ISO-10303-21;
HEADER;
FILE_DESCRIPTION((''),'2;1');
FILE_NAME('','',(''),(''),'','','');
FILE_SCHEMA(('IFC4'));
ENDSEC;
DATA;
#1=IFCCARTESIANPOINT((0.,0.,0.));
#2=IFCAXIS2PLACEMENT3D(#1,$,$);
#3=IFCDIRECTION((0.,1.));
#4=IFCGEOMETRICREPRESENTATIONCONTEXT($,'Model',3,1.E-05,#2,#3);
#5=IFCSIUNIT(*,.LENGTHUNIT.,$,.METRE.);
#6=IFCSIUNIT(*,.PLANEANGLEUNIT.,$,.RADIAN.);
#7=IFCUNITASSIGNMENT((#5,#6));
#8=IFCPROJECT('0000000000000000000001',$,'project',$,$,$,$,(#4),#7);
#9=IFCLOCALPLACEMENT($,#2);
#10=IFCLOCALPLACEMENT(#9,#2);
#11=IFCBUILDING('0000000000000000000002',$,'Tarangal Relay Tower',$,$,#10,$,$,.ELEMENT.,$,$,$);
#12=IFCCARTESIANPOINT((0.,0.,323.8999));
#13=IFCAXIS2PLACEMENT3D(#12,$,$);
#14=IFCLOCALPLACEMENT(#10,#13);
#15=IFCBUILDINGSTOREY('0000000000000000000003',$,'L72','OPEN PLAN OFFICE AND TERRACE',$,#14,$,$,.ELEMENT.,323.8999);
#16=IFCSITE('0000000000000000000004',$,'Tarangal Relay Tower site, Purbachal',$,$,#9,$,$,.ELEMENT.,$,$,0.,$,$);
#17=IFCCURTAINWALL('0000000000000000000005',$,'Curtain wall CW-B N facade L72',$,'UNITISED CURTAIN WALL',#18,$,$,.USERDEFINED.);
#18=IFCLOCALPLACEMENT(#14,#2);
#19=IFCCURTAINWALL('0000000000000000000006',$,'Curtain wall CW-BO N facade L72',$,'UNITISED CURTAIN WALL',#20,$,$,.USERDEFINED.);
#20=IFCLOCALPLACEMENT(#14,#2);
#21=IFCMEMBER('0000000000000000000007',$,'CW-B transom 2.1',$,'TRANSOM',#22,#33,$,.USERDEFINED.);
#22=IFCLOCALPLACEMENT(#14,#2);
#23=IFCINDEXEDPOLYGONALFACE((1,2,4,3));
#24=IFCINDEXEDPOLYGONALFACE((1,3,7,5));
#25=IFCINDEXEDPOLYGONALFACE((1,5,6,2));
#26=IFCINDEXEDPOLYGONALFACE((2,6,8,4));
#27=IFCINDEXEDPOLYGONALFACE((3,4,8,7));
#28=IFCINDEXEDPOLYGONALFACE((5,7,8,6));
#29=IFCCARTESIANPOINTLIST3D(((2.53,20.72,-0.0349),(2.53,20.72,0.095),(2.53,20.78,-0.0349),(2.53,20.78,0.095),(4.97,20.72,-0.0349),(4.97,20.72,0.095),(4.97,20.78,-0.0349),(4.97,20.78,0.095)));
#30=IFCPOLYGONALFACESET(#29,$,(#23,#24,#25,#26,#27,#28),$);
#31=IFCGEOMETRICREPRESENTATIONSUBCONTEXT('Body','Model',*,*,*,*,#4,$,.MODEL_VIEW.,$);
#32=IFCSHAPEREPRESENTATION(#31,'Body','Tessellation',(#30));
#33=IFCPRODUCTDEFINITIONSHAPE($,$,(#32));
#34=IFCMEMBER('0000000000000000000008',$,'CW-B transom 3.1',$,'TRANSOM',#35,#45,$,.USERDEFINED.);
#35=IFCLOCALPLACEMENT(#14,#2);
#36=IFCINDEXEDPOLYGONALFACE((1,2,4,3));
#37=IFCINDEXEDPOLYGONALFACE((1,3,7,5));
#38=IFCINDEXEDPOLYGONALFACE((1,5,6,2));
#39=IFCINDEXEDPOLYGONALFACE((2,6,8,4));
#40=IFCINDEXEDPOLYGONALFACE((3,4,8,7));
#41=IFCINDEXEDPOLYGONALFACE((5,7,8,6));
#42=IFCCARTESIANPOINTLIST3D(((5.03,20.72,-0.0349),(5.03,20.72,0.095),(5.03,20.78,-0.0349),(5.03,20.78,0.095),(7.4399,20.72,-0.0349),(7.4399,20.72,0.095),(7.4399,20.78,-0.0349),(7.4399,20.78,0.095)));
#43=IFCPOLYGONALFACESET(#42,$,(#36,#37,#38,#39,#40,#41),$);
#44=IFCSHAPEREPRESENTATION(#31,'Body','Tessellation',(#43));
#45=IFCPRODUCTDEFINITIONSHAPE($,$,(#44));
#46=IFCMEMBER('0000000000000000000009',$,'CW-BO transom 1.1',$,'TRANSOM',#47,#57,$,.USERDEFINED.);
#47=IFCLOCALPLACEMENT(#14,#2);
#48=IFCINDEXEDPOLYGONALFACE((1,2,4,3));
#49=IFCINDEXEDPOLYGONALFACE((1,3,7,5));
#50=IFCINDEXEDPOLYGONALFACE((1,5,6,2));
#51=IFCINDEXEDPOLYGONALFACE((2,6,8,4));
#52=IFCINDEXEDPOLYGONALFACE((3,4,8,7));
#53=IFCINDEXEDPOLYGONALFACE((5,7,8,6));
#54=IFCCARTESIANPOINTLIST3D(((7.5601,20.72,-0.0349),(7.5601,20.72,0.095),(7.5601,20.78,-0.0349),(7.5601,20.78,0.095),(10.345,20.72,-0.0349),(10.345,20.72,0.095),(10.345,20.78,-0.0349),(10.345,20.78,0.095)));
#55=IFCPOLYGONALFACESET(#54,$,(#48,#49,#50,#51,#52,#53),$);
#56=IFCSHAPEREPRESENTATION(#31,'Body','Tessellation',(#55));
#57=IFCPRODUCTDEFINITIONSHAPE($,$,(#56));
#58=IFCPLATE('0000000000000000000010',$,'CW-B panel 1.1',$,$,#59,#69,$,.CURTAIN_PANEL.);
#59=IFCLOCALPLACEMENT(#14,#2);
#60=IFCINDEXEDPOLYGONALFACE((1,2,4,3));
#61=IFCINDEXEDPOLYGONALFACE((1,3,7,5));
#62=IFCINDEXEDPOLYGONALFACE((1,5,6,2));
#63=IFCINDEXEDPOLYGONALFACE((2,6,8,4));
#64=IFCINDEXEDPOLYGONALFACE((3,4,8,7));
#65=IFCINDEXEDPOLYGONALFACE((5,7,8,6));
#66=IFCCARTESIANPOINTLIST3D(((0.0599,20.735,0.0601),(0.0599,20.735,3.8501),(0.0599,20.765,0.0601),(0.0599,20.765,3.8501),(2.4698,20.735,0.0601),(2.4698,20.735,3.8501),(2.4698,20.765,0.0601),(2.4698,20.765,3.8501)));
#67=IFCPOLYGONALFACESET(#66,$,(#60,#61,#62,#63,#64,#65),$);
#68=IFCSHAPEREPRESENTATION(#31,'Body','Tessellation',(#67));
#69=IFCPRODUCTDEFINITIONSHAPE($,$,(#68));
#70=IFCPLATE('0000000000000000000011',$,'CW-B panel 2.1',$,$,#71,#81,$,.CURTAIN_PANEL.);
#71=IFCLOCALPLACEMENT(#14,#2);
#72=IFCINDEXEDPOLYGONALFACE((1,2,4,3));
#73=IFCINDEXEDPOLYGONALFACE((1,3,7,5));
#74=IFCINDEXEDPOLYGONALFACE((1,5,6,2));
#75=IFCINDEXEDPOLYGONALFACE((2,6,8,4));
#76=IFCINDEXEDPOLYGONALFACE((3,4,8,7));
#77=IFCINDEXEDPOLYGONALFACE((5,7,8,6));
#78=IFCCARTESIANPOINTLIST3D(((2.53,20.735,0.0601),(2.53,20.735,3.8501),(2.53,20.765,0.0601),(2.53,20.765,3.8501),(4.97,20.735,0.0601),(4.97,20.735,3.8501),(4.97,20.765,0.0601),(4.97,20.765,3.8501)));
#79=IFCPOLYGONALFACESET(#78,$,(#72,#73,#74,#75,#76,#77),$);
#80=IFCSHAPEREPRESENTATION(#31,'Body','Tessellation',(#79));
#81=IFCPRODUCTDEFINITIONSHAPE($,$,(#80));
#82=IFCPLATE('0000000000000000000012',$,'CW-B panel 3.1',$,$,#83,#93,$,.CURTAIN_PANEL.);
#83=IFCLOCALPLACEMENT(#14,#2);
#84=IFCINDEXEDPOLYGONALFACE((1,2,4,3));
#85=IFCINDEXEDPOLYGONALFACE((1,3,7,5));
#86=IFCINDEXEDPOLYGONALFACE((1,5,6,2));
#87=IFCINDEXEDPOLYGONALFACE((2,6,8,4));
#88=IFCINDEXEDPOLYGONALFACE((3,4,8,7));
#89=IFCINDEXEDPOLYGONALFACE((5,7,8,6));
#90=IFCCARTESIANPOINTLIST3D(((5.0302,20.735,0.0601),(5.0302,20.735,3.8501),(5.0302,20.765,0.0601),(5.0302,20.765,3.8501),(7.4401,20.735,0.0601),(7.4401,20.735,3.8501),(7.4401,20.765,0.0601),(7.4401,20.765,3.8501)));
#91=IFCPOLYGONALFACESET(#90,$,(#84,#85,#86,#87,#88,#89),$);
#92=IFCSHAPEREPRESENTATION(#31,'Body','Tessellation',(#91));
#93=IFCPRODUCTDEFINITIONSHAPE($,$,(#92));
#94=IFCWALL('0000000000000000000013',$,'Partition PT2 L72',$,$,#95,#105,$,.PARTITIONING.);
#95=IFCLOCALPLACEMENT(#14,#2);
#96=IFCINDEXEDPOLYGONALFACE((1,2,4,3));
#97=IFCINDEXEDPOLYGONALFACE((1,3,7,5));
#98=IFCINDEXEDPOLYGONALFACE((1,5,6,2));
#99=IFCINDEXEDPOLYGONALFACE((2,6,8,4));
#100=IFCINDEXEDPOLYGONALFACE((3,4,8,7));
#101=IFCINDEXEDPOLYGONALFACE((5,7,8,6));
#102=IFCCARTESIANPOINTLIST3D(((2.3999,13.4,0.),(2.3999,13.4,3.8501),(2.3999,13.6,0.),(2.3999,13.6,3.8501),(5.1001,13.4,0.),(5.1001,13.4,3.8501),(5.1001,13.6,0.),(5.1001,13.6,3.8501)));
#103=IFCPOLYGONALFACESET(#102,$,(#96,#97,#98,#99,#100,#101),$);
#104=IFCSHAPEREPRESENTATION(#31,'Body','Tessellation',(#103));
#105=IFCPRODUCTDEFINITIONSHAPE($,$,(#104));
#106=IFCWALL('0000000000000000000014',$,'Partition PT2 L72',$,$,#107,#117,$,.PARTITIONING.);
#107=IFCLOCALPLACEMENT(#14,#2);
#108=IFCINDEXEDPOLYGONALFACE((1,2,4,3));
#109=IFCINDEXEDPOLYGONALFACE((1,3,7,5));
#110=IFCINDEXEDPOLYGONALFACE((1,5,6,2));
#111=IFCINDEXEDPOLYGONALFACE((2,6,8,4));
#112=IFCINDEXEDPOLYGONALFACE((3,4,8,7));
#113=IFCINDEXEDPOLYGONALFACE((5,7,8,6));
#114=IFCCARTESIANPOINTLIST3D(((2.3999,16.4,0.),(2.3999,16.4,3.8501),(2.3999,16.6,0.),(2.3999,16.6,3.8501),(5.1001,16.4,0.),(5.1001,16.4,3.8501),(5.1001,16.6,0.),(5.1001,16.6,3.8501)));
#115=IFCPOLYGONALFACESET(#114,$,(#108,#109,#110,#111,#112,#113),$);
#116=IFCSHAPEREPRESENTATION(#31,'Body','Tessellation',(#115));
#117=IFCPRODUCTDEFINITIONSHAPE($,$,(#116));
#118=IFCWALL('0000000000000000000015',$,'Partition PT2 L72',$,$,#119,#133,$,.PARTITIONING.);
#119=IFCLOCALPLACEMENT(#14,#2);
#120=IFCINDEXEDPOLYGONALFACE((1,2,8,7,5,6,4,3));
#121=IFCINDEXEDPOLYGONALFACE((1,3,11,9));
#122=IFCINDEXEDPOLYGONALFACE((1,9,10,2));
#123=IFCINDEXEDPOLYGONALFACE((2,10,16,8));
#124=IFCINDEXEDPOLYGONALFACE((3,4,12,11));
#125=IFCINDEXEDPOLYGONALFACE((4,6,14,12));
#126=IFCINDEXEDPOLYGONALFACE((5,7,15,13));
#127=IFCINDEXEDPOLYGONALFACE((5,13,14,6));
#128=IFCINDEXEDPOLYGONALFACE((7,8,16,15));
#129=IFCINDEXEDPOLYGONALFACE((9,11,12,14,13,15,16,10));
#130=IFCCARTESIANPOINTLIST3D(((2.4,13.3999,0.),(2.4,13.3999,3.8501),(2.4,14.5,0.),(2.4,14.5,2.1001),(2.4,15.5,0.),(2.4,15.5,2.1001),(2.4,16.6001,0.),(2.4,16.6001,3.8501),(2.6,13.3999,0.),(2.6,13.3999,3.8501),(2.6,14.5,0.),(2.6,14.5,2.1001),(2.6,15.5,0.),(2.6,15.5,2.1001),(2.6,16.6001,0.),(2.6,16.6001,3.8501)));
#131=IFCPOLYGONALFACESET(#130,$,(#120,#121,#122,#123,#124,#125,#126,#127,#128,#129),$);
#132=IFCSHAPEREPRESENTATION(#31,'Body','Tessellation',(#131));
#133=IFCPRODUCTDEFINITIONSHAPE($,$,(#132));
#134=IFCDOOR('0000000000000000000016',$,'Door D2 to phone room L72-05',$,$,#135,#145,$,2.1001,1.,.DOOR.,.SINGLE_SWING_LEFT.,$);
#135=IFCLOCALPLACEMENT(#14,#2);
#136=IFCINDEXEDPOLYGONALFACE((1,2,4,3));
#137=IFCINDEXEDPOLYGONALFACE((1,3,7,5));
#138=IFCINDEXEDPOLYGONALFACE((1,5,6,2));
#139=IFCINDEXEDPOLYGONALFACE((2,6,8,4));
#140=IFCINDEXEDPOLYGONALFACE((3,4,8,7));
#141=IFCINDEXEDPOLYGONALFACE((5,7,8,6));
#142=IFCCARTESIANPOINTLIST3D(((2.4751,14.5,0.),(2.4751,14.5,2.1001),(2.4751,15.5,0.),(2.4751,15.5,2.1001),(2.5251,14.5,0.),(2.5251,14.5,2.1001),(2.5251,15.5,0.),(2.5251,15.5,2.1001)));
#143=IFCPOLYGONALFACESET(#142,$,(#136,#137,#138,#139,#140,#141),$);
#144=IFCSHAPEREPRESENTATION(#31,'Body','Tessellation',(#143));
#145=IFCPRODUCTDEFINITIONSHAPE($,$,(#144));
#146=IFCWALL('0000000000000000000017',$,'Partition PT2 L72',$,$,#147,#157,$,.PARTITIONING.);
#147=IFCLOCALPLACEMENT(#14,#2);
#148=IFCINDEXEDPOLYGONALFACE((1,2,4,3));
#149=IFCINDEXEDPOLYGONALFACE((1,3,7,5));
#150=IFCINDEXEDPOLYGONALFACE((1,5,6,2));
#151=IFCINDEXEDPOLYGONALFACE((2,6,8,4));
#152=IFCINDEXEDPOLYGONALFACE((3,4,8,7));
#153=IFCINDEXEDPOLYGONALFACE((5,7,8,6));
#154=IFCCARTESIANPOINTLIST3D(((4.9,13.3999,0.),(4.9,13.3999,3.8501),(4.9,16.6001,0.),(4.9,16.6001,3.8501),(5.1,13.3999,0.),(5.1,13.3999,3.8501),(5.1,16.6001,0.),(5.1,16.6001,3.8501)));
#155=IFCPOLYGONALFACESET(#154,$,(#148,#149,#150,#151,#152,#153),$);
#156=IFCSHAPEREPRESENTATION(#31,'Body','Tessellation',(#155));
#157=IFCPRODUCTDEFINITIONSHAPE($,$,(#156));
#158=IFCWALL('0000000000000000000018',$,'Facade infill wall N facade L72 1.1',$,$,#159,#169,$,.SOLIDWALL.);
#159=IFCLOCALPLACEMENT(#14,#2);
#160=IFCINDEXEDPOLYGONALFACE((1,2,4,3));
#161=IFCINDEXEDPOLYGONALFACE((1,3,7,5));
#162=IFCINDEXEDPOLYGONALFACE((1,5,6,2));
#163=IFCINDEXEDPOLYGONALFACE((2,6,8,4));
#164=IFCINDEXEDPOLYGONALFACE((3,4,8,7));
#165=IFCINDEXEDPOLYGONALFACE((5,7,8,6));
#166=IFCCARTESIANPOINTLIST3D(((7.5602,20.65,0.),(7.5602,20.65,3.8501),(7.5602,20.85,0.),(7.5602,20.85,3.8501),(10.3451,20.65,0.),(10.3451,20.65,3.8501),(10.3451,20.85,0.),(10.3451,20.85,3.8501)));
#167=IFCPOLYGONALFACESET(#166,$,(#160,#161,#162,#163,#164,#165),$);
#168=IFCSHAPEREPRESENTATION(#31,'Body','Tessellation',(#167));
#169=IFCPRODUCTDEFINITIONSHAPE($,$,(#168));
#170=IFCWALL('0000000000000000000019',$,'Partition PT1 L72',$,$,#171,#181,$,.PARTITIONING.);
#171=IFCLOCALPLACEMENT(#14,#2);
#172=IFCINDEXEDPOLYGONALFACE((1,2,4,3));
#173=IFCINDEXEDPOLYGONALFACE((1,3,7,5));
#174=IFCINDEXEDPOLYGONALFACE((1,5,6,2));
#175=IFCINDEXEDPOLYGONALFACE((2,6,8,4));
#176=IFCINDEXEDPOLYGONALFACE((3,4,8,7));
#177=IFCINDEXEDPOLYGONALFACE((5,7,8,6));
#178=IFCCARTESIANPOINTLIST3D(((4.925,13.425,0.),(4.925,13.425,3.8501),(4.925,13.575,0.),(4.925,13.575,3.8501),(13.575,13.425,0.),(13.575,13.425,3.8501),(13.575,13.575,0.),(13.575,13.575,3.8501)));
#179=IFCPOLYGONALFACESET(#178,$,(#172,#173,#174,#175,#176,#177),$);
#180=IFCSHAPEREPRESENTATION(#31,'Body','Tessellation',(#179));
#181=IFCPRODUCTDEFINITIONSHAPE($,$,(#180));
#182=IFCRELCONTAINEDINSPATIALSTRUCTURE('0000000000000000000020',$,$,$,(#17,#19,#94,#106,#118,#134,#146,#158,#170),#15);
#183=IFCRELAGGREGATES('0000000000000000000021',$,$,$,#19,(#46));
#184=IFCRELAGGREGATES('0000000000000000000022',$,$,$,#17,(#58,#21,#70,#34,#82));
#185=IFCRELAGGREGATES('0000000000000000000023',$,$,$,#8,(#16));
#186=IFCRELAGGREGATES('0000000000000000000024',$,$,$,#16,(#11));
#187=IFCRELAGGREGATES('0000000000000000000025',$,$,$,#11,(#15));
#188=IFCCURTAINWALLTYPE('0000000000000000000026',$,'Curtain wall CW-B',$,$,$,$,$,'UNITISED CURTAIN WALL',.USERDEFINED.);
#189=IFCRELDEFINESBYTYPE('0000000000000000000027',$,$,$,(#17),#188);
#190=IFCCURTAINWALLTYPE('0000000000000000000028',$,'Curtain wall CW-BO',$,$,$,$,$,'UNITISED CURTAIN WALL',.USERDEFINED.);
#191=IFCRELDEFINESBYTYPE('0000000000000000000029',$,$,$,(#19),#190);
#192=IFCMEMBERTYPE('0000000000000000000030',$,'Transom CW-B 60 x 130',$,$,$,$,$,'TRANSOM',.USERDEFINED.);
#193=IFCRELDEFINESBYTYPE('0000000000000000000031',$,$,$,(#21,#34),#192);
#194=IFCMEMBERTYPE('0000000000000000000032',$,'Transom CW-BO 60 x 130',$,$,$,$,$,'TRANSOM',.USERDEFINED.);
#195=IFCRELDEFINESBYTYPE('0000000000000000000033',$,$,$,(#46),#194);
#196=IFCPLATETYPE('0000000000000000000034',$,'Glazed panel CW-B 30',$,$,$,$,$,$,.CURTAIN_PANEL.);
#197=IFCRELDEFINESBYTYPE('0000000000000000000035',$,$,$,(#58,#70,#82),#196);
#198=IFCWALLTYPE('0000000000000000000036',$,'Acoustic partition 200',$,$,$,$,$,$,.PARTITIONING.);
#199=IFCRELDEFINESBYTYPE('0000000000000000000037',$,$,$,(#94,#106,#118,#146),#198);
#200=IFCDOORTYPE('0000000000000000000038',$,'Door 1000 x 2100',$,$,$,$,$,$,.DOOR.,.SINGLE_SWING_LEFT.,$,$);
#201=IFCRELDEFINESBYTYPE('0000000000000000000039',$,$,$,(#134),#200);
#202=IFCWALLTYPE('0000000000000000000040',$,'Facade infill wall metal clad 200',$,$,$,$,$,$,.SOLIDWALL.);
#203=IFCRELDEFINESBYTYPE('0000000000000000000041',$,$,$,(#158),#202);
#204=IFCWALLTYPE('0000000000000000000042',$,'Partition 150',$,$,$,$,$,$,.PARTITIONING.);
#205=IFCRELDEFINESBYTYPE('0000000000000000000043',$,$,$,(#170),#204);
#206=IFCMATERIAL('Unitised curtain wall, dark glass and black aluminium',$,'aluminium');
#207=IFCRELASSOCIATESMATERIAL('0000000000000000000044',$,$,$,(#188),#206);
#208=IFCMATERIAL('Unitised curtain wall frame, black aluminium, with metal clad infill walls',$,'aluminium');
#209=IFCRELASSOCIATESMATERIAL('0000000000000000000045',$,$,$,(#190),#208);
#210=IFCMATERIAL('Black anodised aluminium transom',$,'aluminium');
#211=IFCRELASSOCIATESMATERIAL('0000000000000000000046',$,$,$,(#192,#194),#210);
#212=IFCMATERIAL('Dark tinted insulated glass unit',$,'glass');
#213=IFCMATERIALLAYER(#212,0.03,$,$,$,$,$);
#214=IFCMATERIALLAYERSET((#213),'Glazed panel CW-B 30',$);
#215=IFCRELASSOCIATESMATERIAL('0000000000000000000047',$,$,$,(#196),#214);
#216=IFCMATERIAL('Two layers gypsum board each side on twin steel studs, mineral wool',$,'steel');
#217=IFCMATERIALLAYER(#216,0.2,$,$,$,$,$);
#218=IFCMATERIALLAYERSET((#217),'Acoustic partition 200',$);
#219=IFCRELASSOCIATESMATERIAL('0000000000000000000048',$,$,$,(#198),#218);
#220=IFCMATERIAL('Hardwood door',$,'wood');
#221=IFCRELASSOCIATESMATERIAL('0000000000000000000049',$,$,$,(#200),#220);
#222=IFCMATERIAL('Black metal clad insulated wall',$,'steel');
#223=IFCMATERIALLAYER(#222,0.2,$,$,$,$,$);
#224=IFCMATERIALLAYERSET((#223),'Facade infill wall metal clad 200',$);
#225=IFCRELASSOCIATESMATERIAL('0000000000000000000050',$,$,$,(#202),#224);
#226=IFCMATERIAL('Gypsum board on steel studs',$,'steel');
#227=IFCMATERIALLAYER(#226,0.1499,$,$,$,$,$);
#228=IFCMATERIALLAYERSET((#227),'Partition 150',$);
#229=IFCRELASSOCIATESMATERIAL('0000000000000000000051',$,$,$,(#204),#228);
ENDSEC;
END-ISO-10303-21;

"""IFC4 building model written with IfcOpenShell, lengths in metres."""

from ifc_helpers import new_model, si_unit, direction, frame, frame_2d, origin, origin_2d, place, context, subcontext, project, spatial, rectangle, extrude, material, layer, layer_set, material_profile, profile_set, type_object, element, fill, aggregate, save


model = new_model("IFC4")

# Units and contexts
model_context = context("Model", 3, precision=1e-05, world=origin(), true_north=direction((0.0, 1.0)))
body_context = subcontext(model_context, "Body", "Model", "MODEL_VIEW")
ifc_project = project(units=[si_unit("LENGTHUNIT", "METRE"), si_unit("PLANEANGLEUNIT", "RADIAN")], contexts=[model_context])

# Site, building, storey
site_placement = place(None, origin())
site = spatial("IfcSite", under=ifc_project, at=site_placement, Name="Tarangal Relay Tower site, Purbachal", CompositionType="ELEMENT", RefElevation=0.0)
building_placement = place(site_placement, origin())
building = spatial("IfcBuilding", under=site, at=building_placement, Name="Tarangal Relay Tower", CompositionType="ELEMENT")
storey_placement = place(building_placement, frame((0.0, 0.0, 323.8999)))
storey = spatial("IfcBuildingStorey", under=building, at=storey_placement, Name="L72", Description="OPEN PLAN OFFICE AND TERRACE", CompositionType="ELEMENT", Elevation=323.8999)

# Curtain walls
ifc_material_1 = material(Name="Unitised curtain wall, dark glass and black aluminium", Category="aluminium")
curtain_wall_type_1 = type_object("IfcCurtainWallType", Name="Curtain wall CW-B", ElementType="UNITISED CURTAIN WALL", PredefinedType="USERDEFINED", material=ifc_material_1)
curtain_wall_1_placement = place(storey_placement, origin())
curtain_wall_1 = element("IfcCurtainWall", 1, at=curtain_wall_1_placement, inside=storey, type_object=curtain_wall_type_1, Name="Curtain wall CW-B N facade L72", ObjectType="UNITISED CURTAIN WALL", PredefinedType="USERDEFINED")
ifc_material_2 = material(Name="Unitised curtain wall frame, black aluminium, with metal clad infill walls", Category="aluminium")
curtain_wall_type_2 = type_object("IfcCurtainWallType", Name="Curtain wall CW-BO", ElementType="UNITISED CURTAIN WALL", PredefinedType="USERDEFINED", material=ifc_material_2)
curtain_wall_2_placement = place(storey_placement, origin())
curtain_wall_2 = element("IfcCurtainWall", 2, at=curtain_wall_2_placement, inside=storey, type_object=curtain_wall_type_2, Name="Curtain wall CW-BO N facade L72", ObjectType="UNITISED CURTAIN WALL", PredefinedType="USERDEFINED")

# Members
ifc_material_3 = material(Name="Black anodised aluminium transom", Category="aluminium")
ifc_material_profile_1 = material_profile(ifc_material_3, rectangle(XDim=0.0601, YDim=0.1299, at=origin_2d()), Name="CW-BT 60X130")
ifc_profile_set_1 = profile_set([ifc_material_profile_1], Name="Black anodised aluminium transom")
member_type_1 = type_object("IfcMemberType", Name="Transom CW-B 60 x 130", ElementType="TRANSOM", PredefinedType="USERDEFINED", material=ifc_profile_set_1)
member_1_placement = place(storey_placement, frame((2.53, 20.75, 0.03), z_axis=(1.0, 0.0, 0.0), x_axis=(0.0, 1.0, 0.0)))
member_1 = element("IfcMember", 3, at=member_1_placement, type_object=member_type_1, Name="CW-B transom 2.1", ObjectType="TRANSOM", PredefinedType="USERDEFINED", context=body_context, shape_type="SweptSolid", body=[
    extrude(rectangle(XDim=0.0601, YDim=0.1299, at=origin_2d()), origin(), (0.0, 0.0, 1.0), 2.4399),
])
member_2_placement = place(storey_placement, frame((5.03, 20.75, 0.03), z_axis=(1.0, 0.0, 0.0), x_axis=(0.0, 1.0, 0.0)))
member_2 = element("IfcMember", 4, at=member_2_placement, type_object=member_type_1, Name="CW-B transom 3.1", ObjectType="TRANSOM", PredefinedType="USERDEFINED", context=body_context, shape_type="SweptSolid", body=[
    extrude(rectangle(XDim=0.0601, YDim=0.1299, at=origin_2d()), origin(), (0.0, 0.0, 1.0), 2.4099),
])
ifc_material_profile_2 = material_profile(ifc_material_3, rectangle(XDim=0.0601, YDim=0.1299, at=origin_2d()), Name="CW-BOT 60X130")
ifc_profile_set_2 = profile_set([ifc_material_profile_2], Name="Black anodised aluminium transom")
member_type_2 = type_object("IfcMemberType", Name="Transom CW-BO 60 x 130", ElementType="TRANSOM", PredefinedType="USERDEFINED", material=ifc_profile_set_2)
member_3_placement = place(storey_placement, frame((7.5601, 20.75, 0.03), z_axis=(1.0, 0.0, 0.0), x_axis=(0.0, 1.0, 0.0)))
member_3 = element("IfcMember", 5, at=member_3_placement, type_object=member_type_2, Name="CW-BO transom 1.1", ObjectType="TRANSOM", PredefinedType="USERDEFINED", context=body_context, shape_type="SweptSolid", body=[
    extrude(rectangle(XDim=0.0601, YDim=0.1299, at=origin_2d()), origin(), (0.0, 0.0, 1.0), 2.7849),
])
aggregate(curtain_wall_2, [member_3])

# Plates
ifc_material_4 = material(Name="Dark tinted insulated glass unit", Category="glass")
ifc_layer_1 = layer(ifc_material_4, 0.03)
ifc_layer_set_1 = layer_set([ifc_layer_1], Name="Glazed panel CW-B 30")
plate_type = type_object("IfcPlateType", Name="Glazed panel CW-B 30", PredefinedType="CURTAIN_PANEL", material=ifc_layer_set_1)
plate_1_placement = place(storey_placement, frame((1.2649, 20.75, 0.0601), z_axis=(0.0, 0.0, 1.0), x_axis=(1.0, 0.0, 0.0)))
plate_1 = element("IfcPlate", 6, at=plate_1_placement, type_object=plate_type, Name="CW-B panel 1.1", PredefinedType="CURTAIN_PANEL", context=body_context, shape_type="SweptSolid", body=[
    extrude(rectangle(XDim=2.4099, YDim=0.03, at=origin_2d()), origin(), (0.0, 0.0, 1.0), 3.79),
])
plate_2_placement = place(storey_placement, frame((3.75, 20.75, 0.0601), z_axis=(0.0, 0.0, 1.0), x_axis=(1.0, 0.0, 0.0)))
plate_2 = element("IfcPlate", 7, at=plate_2_placement, type_object=plate_type, Name="CW-B panel 2.1", PredefinedType="CURTAIN_PANEL", context=body_context, shape_type="SweptSolid", body=[
    extrude(rectangle(XDim=2.4399, YDim=0.03, at=origin_2d()), origin(), (0.0, 0.0, 1.0), 3.79),
])
plate_3_placement = place(storey_placement, frame((6.2351, 20.75, 0.0601), z_axis=(0.0, 0.0, 1.0), x_axis=(1.0, 0.0, 0.0)))
plate_3 = element("IfcPlate", 8, at=plate_3_placement, type_object=plate_type, Name="CW-B panel 3.1", PredefinedType="CURTAIN_PANEL", context=body_context, shape_type="SweptSolid", body=[
    extrude(rectangle(XDim=2.4099, YDim=0.03, at=origin_2d()), origin(), (0.0, 0.0, 1.0), 3.79),
])
aggregate(curtain_wall_1, [plate_1, member_1, plate_2, member_2, plate_3])

# Walls
ifc_material_5 = material(Name="Two layers gypsum board each side on twin steel studs, mineral wool", Category="steel")
ifc_layer_2 = layer(ifc_material_5, 0.2)
ifc_layer_set_2 = layer_set([ifc_layer_2], Name="Acoustic partition 200")
wall_type_1 = type_object("IfcWallType", Name="Acoustic partition 200", PredefinedType="PARTITIONING", material=ifc_layer_set_2)
for number, where, z_axis, x_axis, name in (
    (9, (2.3999, 13.5, 0.0), (0.0, 0.0, 1.0), (1.0, 0.0, 0.0), "Partition PT2 L72"),
    (10, (2.3999, 16.5, 0.0), (0.0, 0.0, 1.0), (1.0, 0.0, 0.0), "Partition PT2 L72"),
):
    element("IfcWall", number, at=place(storey_placement, frame(where, z_axis=z_axis, x_axis=x_axis)), inside=storey, type_object=wall_type_1, Name=name, PredefinedType="PARTITIONING", context=body_context, shape_type="SweptSolid", body=[
        extrude(rectangle(XDim=2.7002, YDim=0.2, at=frame_2d((1.3501, 0.0))), origin(), (0.0, 0.0, 1.0), 3.8501),
    ])

# Wall, opening, door
wall_1_placement = place(storey_placement, frame((2.5, 13.3999, 0.0), z_axis=(0.0, 0.0, 1.0), x_axis=(0.0, 1.0, 0.0)))
wall_1 = element("IfcWall", 11, at=wall_1_placement, inside=storey, type_object=wall_type_1, Name="Partition PT2 L72", PredefinedType="PARTITIONING", context=body_context, shape_type="SweptSolid", body=[
    extrude(rectangle(XDim=3.2002, YDim=0.2, at=frame_2d((1.6001, 0.0))), origin(), (0.0, 0.0, 1.0), 3.8501),
])
opening_1_placement = place(wall_1_placement, frame((1.1001, 0.0, 0.0)))
opening_1 = element("IfcOpeningElement", 12, at=opening_1_placement, cuts=wall_1, PredefinedType="OPENING", context=body_context, shape_type="SweptSolid", body=[
    extrude(rectangle(XDim=1.0, YDim=2.1001, at=frame_2d((0.5, 1.05))), frame((0.0, 0.1099, 0.0), z_axis=(0.0, -1.0, 0.0), x_axis=(1.0, 0.0, 0.0)), (0.0, 0.0, 1.0), 0.22),
])
ifc_material_6 = material(Name="Hardwood door", Category="wood")
door_type = type_object("IfcDoorType", Name="Door 1000 x 2100", OperationType="SINGLE_SWING_LEFT", PredefinedType="DOOR", material=ifc_material_6)
door_1_placement = place(opening_1_placement, origin())
door_1 = element("IfcDoor", 13, at=door_1_placement, inside=storey, type_object=door_type, Name="Door D2 to phone room L72-05", OperationType="SINGLE_SWING_LEFT", OverallHeight=2.1001, OverallWidth=1.0, PredefinedType="DOOR", context=body_context, shape_type="SweptSolid", body=[
    extrude(rectangle(XDim=1.0, YDim=2.1001, at=frame_2d((0.5, 1.05))), frame((0.0, 0.0249, 0.0), z_axis=(0.0, -1.0, 0.0), x_axis=(1.0, 0.0, 0.0)), (0.0, 0.0, 1.0), 0.05),
])
fill(opening_1, door_1)

# Walls
wall_2_placement = place(storey_placement, frame((5.0, 13.3999, 0.0), z_axis=(0.0, 0.0, 1.0), x_axis=(0.0, 1.0, 0.0)))
element("IfcWall", 14, at=wall_2_placement, inside=storey, type_object=wall_type_1, Name="Partition PT2 L72", PredefinedType="PARTITIONING", context=body_context, shape_type="SweptSolid", body=[
    extrude(rectangle(XDim=3.2002, YDim=0.2, at=frame_2d((1.6001, 0.0))), origin(), (0.0, 0.0, 1.0), 3.8501),
])
ifc_material_7 = material(Name="Black metal clad insulated wall", Category="steel")
ifc_layer_3 = layer(ifc_material_7, 0.2)
ifc_layer_set_3 = layer_set([ifc_layer_3], Name="Facade infill wall metal clad 200")
wall_type_2 = type_object("IfcWallType", Name="Facade infill wall metal clad 200", PredefinedType="SOLIDWALL", material=ifc_layer_set_3)
wall_3_placement = place(storey_placement, frame((7.5601, 20.75, 0.0), z_axis=(0.0, 0.0, 1.0), x_axis=(1.0, 0.0, 0.0)))
element("IfcWall", 15, at=wall_3_placement, inside=storey, type_object=wall_type_2, Name="Facade infill wall N facade L72 1.1", PredefinedType="SOLIDWALL", context=body_context, shape_type="SweptSolid", body=[
    extrude(rectangle(XDim=2.7849, YDim=0.2, at=frame_2d((1.3926, 0.0))), origin(), (0.0, 0.0, 1.0), 3.8501),
])
ifc_material_8 = material(Name="Gypsum board on steel studs", Category="steel")
ifc_layer_4 = layer(ifc_material_8, 0.1499)
ifc_layer_set_4 = layer_set([ifc_layer_4], Name="Partition 150")
wall_type_3 = type_object("IfcWallType", Name="Partition 150", PredefinedType="PARTITIONING", material=ifc_layer_set_4)
wall_4_placement = place(storey_placement, frame((4.925, 13.5, 0.0), z_axis=(0.0, 0.0, 1.0), x_axis=(1.0, 0.0, 0.0)))
element("IfcWall", 16, at=wall_4_placement, inside=storey, type_object=wall_type_3, Name="Partition PT1 L72", PredefinedType="PARTITIONING", context=body_context, shape_type="SweptSolid", body=[
    extrude(rectangle(XDim=8.6499, YDim=0.1499, at=frame_2d((4.325, 0.0))), origin(), (0.0, 0.0, 1.0), 3.8501),
])

save(model, "model.ifc")
